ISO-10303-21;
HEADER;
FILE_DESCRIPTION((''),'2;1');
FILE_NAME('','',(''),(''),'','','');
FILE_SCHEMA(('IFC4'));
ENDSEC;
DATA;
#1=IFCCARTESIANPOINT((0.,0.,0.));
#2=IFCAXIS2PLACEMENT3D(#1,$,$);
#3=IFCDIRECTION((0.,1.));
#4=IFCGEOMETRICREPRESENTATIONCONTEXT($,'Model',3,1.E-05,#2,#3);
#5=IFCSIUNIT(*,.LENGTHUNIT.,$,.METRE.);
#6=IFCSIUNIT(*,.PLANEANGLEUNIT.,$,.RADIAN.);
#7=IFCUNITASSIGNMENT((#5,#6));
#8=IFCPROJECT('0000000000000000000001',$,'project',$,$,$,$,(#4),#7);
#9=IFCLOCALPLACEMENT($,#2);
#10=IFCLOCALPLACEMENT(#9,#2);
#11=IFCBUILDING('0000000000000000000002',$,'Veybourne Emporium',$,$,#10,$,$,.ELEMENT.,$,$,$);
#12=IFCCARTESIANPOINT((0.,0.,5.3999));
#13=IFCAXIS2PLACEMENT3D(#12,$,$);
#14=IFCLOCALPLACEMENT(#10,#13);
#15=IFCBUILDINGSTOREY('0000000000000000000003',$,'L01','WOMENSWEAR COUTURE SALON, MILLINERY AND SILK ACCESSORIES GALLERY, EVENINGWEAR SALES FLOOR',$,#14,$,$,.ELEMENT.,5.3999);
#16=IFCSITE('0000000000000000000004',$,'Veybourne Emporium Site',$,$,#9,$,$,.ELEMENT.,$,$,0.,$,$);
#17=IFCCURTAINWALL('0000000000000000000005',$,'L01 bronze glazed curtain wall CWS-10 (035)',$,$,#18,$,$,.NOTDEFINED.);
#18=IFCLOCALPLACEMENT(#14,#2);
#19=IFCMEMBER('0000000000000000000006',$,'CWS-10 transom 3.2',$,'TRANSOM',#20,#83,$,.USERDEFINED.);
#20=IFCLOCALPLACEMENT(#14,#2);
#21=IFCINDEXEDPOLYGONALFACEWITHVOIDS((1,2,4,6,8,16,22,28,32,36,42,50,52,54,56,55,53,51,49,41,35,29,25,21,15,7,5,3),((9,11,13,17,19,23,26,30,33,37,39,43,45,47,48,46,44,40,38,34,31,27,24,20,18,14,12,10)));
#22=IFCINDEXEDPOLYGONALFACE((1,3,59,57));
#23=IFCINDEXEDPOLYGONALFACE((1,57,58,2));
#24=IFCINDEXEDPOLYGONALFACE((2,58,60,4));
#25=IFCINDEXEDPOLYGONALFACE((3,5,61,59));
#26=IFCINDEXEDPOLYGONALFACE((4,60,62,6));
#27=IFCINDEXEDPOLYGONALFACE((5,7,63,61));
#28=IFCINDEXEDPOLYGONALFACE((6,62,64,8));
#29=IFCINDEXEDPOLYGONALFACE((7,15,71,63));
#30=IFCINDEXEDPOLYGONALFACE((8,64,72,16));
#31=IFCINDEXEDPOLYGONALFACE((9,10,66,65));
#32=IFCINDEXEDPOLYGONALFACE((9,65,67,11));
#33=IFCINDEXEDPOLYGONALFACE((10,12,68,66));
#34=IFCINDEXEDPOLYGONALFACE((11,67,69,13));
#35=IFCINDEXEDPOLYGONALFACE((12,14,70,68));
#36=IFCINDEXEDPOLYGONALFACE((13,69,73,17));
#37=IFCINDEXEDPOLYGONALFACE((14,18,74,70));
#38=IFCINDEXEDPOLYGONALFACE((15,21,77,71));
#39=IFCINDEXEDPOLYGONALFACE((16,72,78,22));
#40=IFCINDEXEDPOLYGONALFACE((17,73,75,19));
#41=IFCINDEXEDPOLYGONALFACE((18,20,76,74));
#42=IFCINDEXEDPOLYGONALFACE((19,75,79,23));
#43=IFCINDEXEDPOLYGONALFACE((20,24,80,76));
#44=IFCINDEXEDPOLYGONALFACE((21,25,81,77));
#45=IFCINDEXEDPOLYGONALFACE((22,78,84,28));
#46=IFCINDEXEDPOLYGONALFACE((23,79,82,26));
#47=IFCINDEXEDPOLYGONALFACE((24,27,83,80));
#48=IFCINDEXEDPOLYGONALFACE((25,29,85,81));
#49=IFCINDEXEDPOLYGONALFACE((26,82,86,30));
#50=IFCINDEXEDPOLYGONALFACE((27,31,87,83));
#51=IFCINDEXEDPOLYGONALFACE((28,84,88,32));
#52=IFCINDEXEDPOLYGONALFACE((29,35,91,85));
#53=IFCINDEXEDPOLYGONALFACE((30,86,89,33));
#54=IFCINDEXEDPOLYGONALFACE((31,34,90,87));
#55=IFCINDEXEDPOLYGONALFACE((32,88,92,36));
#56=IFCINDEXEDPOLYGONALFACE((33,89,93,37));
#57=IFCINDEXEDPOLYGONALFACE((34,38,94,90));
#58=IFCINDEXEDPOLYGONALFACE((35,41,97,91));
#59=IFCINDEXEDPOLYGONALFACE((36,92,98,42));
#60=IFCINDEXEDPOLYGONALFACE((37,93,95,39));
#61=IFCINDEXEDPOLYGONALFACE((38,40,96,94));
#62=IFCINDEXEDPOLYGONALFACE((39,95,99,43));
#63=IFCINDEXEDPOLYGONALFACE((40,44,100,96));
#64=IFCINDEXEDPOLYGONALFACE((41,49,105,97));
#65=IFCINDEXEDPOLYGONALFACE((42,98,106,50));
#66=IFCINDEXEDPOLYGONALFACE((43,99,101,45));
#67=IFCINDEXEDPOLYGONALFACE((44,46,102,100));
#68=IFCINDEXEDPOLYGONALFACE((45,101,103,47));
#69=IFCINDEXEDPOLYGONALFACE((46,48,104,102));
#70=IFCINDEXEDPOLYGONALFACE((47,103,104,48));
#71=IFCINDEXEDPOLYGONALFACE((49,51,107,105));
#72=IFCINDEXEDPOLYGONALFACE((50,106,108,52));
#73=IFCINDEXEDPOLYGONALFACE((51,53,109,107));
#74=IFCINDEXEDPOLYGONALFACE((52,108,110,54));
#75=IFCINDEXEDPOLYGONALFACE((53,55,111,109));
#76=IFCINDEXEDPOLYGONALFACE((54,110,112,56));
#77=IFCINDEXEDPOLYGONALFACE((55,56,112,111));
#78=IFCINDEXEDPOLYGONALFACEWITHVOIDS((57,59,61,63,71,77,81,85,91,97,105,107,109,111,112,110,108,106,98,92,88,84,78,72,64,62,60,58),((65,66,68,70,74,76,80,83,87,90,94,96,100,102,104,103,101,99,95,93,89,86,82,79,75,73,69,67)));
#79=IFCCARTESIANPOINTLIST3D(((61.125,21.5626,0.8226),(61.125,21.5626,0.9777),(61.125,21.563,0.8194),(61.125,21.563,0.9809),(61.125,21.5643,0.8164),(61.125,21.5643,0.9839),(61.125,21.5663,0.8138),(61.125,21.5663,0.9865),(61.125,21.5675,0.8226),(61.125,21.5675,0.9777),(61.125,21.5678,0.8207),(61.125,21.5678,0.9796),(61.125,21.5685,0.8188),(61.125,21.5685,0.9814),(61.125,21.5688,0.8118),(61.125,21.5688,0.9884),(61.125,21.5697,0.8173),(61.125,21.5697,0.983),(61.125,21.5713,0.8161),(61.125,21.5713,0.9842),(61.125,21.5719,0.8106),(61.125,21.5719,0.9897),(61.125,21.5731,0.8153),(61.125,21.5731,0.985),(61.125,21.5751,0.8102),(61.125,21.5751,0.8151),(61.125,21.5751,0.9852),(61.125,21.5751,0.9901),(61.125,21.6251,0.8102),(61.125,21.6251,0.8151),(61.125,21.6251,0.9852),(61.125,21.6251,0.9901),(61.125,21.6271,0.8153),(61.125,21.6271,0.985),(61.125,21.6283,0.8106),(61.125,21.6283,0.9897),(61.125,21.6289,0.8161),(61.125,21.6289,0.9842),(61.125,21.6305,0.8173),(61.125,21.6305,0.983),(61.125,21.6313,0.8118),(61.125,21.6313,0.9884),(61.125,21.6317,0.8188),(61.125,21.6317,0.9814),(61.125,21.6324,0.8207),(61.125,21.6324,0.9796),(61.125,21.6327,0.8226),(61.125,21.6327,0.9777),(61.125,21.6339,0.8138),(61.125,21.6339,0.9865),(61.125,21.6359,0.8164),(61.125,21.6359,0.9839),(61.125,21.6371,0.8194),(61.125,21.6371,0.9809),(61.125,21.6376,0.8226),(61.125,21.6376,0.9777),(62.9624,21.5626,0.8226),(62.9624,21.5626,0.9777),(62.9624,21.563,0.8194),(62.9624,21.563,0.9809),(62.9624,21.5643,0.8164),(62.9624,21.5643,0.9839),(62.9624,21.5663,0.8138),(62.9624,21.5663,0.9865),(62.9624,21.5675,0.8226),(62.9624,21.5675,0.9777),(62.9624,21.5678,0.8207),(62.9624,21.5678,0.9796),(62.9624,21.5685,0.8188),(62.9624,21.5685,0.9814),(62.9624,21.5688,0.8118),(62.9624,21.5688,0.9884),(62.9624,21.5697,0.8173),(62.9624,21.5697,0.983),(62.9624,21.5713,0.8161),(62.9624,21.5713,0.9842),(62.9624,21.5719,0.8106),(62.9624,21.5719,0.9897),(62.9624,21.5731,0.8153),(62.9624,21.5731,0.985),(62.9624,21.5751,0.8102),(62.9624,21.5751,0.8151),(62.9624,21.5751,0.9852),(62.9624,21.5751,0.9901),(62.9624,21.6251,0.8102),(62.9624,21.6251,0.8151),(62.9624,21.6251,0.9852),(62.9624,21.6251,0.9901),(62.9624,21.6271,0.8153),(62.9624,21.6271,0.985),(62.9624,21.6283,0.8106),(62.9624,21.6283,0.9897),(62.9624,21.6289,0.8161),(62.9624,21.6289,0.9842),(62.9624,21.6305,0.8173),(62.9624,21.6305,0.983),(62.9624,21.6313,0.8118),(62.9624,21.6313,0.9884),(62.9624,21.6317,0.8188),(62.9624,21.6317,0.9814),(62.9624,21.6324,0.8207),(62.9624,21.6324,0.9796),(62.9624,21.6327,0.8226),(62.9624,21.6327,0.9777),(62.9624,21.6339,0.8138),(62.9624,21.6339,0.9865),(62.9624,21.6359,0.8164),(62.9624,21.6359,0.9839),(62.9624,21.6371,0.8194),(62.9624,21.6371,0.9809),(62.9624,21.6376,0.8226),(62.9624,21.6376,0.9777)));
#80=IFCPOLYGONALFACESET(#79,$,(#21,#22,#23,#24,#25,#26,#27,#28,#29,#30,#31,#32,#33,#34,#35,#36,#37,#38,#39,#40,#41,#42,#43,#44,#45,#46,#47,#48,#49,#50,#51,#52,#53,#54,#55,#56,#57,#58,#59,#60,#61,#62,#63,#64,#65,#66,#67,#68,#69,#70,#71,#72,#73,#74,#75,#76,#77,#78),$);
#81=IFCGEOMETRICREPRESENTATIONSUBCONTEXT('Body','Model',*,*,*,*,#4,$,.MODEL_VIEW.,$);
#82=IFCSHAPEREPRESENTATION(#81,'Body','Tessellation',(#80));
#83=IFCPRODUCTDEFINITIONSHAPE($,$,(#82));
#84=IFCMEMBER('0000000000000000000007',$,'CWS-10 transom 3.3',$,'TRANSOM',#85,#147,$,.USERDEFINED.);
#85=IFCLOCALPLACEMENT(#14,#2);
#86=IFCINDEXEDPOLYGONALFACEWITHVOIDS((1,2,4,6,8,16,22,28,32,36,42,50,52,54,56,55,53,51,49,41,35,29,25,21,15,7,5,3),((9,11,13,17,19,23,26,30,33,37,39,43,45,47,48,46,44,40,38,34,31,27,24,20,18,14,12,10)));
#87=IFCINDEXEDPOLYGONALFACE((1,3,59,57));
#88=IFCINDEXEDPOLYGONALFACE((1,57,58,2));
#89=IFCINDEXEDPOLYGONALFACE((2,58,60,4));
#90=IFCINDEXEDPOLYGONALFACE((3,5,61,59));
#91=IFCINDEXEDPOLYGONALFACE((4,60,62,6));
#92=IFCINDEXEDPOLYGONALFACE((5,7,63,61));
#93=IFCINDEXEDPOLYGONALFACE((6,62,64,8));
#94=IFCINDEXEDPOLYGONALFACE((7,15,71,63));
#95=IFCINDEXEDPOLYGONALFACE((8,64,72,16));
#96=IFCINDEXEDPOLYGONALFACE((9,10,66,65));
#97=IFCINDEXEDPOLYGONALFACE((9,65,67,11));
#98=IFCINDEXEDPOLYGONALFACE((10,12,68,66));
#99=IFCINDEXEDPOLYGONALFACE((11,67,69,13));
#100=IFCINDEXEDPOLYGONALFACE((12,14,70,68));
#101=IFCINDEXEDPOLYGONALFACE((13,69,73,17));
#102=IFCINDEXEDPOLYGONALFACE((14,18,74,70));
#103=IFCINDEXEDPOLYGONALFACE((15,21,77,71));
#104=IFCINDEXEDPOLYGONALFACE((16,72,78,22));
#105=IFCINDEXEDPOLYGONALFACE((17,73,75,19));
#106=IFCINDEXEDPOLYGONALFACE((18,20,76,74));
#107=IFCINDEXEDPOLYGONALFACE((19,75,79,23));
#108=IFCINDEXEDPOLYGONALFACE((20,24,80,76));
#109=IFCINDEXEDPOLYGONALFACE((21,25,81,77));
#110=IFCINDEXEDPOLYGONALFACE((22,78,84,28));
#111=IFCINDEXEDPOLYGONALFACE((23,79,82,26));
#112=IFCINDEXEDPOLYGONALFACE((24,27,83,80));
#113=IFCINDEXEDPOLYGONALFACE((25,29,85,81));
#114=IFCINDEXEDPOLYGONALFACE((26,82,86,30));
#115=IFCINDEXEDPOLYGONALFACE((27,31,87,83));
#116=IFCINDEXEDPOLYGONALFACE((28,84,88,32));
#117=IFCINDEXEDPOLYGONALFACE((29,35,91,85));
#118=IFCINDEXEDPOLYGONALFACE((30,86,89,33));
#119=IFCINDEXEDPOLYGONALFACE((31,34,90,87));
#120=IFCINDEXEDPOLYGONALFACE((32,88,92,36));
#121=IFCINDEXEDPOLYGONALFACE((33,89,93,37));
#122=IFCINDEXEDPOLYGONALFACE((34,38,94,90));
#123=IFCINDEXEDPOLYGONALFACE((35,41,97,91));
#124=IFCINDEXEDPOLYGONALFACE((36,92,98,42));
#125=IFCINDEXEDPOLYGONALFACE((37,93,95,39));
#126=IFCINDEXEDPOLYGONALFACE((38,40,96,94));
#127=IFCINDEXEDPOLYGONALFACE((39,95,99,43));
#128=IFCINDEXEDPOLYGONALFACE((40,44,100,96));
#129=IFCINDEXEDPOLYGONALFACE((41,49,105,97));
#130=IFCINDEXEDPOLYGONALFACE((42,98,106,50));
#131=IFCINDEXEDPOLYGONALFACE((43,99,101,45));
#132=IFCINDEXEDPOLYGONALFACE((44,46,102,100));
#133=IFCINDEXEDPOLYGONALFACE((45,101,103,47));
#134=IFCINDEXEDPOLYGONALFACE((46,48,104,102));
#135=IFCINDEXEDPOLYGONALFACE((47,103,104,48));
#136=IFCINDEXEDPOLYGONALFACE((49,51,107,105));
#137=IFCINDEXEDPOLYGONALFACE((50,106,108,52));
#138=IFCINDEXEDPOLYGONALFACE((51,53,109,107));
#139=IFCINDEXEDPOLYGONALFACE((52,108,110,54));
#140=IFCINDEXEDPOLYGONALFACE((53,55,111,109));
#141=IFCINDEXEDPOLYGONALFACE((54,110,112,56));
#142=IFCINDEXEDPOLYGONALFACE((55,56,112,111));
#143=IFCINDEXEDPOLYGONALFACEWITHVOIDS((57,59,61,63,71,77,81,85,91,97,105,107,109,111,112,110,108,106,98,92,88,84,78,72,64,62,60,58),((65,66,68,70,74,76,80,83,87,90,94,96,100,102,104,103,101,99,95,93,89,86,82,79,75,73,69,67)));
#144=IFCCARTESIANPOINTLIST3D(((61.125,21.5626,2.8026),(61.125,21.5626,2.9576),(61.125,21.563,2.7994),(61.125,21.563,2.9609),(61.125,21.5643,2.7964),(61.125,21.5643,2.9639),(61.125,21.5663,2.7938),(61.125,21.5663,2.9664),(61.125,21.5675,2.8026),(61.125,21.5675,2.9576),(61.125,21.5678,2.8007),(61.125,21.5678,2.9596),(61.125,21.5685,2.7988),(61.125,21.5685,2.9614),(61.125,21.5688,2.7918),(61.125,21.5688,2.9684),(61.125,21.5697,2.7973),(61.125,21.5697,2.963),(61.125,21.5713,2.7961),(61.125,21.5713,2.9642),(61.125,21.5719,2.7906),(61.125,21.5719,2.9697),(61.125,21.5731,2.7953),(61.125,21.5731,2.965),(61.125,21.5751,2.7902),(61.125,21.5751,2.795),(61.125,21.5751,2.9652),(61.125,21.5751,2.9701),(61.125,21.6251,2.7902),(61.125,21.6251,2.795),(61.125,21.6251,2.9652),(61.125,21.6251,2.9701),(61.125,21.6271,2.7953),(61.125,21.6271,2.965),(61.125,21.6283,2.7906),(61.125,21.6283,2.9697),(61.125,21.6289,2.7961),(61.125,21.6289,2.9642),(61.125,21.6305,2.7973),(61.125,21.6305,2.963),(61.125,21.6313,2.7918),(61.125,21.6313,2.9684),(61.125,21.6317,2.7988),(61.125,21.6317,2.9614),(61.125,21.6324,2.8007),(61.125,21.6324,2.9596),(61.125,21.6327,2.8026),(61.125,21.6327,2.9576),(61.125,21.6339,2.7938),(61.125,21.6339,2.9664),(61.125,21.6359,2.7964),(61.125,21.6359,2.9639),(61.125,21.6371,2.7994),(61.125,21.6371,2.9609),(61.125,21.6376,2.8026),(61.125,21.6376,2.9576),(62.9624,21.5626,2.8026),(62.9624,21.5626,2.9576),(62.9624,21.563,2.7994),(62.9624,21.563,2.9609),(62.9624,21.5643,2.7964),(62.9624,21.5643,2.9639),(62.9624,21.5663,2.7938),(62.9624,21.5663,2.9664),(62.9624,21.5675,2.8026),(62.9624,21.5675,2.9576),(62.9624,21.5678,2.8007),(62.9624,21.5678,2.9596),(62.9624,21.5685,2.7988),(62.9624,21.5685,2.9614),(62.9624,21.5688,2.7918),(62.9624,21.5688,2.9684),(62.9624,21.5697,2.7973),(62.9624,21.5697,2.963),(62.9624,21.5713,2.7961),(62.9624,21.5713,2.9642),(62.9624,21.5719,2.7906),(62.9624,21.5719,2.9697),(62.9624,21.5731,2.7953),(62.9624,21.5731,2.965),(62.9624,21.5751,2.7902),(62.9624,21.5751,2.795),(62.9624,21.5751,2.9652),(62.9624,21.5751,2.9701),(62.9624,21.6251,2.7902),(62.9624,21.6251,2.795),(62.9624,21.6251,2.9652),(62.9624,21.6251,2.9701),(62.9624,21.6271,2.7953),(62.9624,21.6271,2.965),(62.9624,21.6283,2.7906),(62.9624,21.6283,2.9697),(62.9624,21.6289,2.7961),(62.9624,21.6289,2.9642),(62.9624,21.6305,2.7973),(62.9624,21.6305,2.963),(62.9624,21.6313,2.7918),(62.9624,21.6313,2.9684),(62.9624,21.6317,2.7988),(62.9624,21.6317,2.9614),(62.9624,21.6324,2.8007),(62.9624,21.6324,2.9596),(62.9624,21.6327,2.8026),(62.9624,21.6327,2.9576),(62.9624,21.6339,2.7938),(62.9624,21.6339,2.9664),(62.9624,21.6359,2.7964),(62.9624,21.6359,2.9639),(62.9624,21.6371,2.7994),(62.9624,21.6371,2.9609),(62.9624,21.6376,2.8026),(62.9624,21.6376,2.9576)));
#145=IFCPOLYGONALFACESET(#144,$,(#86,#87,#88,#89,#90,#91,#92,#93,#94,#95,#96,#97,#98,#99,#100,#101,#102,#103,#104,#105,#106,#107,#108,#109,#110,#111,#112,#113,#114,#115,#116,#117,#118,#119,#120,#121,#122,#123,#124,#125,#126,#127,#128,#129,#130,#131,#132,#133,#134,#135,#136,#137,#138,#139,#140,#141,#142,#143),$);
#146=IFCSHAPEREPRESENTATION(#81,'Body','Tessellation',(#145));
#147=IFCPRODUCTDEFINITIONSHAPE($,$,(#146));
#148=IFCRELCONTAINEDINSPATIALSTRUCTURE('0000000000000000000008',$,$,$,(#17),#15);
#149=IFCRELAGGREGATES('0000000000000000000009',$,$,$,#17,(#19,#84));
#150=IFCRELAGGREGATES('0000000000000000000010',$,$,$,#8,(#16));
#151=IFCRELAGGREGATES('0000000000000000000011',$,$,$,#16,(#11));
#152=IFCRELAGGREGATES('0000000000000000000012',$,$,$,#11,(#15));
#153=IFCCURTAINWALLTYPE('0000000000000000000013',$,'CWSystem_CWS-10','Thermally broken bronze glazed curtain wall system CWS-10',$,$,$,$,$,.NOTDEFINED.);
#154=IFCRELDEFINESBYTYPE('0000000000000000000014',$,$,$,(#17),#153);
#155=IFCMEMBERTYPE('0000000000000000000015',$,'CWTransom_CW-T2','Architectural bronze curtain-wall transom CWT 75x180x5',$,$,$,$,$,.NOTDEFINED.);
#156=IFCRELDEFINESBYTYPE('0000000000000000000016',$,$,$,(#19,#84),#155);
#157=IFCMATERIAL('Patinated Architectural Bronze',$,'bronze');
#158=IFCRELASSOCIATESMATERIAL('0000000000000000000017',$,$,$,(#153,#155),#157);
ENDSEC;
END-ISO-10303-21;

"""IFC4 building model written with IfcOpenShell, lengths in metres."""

from ifc_helpers import new_model, si_unit, direction, frame, origin, origin_2d, place, context, subcontext, project, spatial, hollow_rectangle, extrude, material, material_profile, profile_set, type_object, element, aggregate, save


model = new_model("IFC4")

# Units and contexts
model_context = context("Model", 3, precision=1e-05, world=origin(), true_north=direction((0.0, 1.0)))
body_context = subcontext(model_context, "Body", "Model", "MODEL_VIEW")
ifc_project = project(units=[si_unit("LENGTHUNIT", "METRE"), si_unit("PLANEANGLEUNIT", "RADIAN")], contexts=[model_context])

# Site, building, storey
site_placement = place(None, origin())
site = spatial("IfcSite", under=ifc_project, at=site_placement, Name="Veybourne Emporium Site", CompositionType="ELEMENT", RefElevation=0.0)
building_placement = place(site_placement, origin())
building = spatial("IfcBuilding", under=site, at=building_placement, Name="Veybourne Emporium", CompositionType="ELEMENT")
storey_placement = place(building_placement, frame((0.0, 0.0, 5.3999)))
storey = spatial("IfcBuildingStorey", under=building, at=storey_placement, Name="L01", Description="WOMENSWEAR COUTURE SALON, MILLINERY AND SILK ACCESSORIES GALLERY, EVENINGWEAR SALES FLOOR", CompositionType="ELEMENT", Elevation=5.3999)

# Curtain wall
ifc_material_1 = material(Name="Patinated Architectural Bronze", Category="bronze")
curtain_wall_type_1 = type_object("IfcCurtainWallType", Name="CWSystem_CWS-10", Description="Thermally broken bronze glazed curtain wall system CWS-10", PredefinedType="NOTDEFINED", material=ifc_material_1)
curtain_wall_1_placement = place(storey_placement, origin())
curtain_wall_1 = element("IfcCurtainWall", 1, at=curtain_wall_1_placement, inside=storey, type_object=curtain_wall_type_1, Name="L01 bronze glazed curtain wall CWS-10 (035)", PredefinedType="NOTDEFINED")

# Members
ifc_material_profile_1 = material_profile(ifc_material_1, hollow_rectangle(XDim=0.075, YDim=0.1799, WallThickness=0.0049, InnerFilletRadius=0.0076, OuterFilletRadius=0.0125, at=origin_2d()), Name="CWT 75x180x5")
ifc_profile_set_1 = profile_set([ifc_material_profile_1], Name="Patinated Architectural Bronze")
member_type_1 = type_object("IfcMemberType", Name="CWTransom_CW-T2", Description="Architectural bronze curtain-wall transom CWT 75x180x5", PredefinedType="NOTDEFINED", material=ifc_profile_set_1)
member_1_placement = place(storey_placement, frame((62.9624, 21.6001, 0.9001), z_axis=(-1.0, 0.0, 0.0), x_axis=(0.0, -1.0, 0.0)))
member_1 = element("IfcMember", 2, at=member_1_placement, type_object=member_type_1, Name="CWS-10 transom 3.2", ObjectType="TRANSOM", PredefinedType="USERDEFINED", context=body_context, shape_type="SweptSolid", body=[
    extrude(hollow_rectangle(XDim=0.075, YDim=0.1799, WallThickness=0.0049, InnerFilletRadius=0.0076, OuterFilletRadius=0.0125, at=origin_2d()), origin(), (0.0, 0.0, 1.0), 1.8374),
])
member_2_placement = place(storey_placement, frame((62.9624, 21.6001, 2.8801), z_axis=(-1.0, 0.0, 0.0), x_axis=(0.0, -1.0, 0.0)))
member_2 = element("IfcMember", 3, at=member_2_placement, type_object=member_type_1, Name="CWS-10 transom 3.3", ObjectType="TRANSOM", PredefinedType="USERDEFINED", context=body_context, shape_type="SweptSolid", body=[
    extrude(hollow_rectangle(XDim=0.075, YDim=0.1799, WallThickness=0.0049, InnerFilletRadius=0.0076, OuterFilletRadius=0.0125, at=origin_2d()), origin(), (0.0, 0.0, 1.0), 1.8374),
])

aggregate(curtain_wall_1, [member_1, member_2])

save(model, "model.ifc")
